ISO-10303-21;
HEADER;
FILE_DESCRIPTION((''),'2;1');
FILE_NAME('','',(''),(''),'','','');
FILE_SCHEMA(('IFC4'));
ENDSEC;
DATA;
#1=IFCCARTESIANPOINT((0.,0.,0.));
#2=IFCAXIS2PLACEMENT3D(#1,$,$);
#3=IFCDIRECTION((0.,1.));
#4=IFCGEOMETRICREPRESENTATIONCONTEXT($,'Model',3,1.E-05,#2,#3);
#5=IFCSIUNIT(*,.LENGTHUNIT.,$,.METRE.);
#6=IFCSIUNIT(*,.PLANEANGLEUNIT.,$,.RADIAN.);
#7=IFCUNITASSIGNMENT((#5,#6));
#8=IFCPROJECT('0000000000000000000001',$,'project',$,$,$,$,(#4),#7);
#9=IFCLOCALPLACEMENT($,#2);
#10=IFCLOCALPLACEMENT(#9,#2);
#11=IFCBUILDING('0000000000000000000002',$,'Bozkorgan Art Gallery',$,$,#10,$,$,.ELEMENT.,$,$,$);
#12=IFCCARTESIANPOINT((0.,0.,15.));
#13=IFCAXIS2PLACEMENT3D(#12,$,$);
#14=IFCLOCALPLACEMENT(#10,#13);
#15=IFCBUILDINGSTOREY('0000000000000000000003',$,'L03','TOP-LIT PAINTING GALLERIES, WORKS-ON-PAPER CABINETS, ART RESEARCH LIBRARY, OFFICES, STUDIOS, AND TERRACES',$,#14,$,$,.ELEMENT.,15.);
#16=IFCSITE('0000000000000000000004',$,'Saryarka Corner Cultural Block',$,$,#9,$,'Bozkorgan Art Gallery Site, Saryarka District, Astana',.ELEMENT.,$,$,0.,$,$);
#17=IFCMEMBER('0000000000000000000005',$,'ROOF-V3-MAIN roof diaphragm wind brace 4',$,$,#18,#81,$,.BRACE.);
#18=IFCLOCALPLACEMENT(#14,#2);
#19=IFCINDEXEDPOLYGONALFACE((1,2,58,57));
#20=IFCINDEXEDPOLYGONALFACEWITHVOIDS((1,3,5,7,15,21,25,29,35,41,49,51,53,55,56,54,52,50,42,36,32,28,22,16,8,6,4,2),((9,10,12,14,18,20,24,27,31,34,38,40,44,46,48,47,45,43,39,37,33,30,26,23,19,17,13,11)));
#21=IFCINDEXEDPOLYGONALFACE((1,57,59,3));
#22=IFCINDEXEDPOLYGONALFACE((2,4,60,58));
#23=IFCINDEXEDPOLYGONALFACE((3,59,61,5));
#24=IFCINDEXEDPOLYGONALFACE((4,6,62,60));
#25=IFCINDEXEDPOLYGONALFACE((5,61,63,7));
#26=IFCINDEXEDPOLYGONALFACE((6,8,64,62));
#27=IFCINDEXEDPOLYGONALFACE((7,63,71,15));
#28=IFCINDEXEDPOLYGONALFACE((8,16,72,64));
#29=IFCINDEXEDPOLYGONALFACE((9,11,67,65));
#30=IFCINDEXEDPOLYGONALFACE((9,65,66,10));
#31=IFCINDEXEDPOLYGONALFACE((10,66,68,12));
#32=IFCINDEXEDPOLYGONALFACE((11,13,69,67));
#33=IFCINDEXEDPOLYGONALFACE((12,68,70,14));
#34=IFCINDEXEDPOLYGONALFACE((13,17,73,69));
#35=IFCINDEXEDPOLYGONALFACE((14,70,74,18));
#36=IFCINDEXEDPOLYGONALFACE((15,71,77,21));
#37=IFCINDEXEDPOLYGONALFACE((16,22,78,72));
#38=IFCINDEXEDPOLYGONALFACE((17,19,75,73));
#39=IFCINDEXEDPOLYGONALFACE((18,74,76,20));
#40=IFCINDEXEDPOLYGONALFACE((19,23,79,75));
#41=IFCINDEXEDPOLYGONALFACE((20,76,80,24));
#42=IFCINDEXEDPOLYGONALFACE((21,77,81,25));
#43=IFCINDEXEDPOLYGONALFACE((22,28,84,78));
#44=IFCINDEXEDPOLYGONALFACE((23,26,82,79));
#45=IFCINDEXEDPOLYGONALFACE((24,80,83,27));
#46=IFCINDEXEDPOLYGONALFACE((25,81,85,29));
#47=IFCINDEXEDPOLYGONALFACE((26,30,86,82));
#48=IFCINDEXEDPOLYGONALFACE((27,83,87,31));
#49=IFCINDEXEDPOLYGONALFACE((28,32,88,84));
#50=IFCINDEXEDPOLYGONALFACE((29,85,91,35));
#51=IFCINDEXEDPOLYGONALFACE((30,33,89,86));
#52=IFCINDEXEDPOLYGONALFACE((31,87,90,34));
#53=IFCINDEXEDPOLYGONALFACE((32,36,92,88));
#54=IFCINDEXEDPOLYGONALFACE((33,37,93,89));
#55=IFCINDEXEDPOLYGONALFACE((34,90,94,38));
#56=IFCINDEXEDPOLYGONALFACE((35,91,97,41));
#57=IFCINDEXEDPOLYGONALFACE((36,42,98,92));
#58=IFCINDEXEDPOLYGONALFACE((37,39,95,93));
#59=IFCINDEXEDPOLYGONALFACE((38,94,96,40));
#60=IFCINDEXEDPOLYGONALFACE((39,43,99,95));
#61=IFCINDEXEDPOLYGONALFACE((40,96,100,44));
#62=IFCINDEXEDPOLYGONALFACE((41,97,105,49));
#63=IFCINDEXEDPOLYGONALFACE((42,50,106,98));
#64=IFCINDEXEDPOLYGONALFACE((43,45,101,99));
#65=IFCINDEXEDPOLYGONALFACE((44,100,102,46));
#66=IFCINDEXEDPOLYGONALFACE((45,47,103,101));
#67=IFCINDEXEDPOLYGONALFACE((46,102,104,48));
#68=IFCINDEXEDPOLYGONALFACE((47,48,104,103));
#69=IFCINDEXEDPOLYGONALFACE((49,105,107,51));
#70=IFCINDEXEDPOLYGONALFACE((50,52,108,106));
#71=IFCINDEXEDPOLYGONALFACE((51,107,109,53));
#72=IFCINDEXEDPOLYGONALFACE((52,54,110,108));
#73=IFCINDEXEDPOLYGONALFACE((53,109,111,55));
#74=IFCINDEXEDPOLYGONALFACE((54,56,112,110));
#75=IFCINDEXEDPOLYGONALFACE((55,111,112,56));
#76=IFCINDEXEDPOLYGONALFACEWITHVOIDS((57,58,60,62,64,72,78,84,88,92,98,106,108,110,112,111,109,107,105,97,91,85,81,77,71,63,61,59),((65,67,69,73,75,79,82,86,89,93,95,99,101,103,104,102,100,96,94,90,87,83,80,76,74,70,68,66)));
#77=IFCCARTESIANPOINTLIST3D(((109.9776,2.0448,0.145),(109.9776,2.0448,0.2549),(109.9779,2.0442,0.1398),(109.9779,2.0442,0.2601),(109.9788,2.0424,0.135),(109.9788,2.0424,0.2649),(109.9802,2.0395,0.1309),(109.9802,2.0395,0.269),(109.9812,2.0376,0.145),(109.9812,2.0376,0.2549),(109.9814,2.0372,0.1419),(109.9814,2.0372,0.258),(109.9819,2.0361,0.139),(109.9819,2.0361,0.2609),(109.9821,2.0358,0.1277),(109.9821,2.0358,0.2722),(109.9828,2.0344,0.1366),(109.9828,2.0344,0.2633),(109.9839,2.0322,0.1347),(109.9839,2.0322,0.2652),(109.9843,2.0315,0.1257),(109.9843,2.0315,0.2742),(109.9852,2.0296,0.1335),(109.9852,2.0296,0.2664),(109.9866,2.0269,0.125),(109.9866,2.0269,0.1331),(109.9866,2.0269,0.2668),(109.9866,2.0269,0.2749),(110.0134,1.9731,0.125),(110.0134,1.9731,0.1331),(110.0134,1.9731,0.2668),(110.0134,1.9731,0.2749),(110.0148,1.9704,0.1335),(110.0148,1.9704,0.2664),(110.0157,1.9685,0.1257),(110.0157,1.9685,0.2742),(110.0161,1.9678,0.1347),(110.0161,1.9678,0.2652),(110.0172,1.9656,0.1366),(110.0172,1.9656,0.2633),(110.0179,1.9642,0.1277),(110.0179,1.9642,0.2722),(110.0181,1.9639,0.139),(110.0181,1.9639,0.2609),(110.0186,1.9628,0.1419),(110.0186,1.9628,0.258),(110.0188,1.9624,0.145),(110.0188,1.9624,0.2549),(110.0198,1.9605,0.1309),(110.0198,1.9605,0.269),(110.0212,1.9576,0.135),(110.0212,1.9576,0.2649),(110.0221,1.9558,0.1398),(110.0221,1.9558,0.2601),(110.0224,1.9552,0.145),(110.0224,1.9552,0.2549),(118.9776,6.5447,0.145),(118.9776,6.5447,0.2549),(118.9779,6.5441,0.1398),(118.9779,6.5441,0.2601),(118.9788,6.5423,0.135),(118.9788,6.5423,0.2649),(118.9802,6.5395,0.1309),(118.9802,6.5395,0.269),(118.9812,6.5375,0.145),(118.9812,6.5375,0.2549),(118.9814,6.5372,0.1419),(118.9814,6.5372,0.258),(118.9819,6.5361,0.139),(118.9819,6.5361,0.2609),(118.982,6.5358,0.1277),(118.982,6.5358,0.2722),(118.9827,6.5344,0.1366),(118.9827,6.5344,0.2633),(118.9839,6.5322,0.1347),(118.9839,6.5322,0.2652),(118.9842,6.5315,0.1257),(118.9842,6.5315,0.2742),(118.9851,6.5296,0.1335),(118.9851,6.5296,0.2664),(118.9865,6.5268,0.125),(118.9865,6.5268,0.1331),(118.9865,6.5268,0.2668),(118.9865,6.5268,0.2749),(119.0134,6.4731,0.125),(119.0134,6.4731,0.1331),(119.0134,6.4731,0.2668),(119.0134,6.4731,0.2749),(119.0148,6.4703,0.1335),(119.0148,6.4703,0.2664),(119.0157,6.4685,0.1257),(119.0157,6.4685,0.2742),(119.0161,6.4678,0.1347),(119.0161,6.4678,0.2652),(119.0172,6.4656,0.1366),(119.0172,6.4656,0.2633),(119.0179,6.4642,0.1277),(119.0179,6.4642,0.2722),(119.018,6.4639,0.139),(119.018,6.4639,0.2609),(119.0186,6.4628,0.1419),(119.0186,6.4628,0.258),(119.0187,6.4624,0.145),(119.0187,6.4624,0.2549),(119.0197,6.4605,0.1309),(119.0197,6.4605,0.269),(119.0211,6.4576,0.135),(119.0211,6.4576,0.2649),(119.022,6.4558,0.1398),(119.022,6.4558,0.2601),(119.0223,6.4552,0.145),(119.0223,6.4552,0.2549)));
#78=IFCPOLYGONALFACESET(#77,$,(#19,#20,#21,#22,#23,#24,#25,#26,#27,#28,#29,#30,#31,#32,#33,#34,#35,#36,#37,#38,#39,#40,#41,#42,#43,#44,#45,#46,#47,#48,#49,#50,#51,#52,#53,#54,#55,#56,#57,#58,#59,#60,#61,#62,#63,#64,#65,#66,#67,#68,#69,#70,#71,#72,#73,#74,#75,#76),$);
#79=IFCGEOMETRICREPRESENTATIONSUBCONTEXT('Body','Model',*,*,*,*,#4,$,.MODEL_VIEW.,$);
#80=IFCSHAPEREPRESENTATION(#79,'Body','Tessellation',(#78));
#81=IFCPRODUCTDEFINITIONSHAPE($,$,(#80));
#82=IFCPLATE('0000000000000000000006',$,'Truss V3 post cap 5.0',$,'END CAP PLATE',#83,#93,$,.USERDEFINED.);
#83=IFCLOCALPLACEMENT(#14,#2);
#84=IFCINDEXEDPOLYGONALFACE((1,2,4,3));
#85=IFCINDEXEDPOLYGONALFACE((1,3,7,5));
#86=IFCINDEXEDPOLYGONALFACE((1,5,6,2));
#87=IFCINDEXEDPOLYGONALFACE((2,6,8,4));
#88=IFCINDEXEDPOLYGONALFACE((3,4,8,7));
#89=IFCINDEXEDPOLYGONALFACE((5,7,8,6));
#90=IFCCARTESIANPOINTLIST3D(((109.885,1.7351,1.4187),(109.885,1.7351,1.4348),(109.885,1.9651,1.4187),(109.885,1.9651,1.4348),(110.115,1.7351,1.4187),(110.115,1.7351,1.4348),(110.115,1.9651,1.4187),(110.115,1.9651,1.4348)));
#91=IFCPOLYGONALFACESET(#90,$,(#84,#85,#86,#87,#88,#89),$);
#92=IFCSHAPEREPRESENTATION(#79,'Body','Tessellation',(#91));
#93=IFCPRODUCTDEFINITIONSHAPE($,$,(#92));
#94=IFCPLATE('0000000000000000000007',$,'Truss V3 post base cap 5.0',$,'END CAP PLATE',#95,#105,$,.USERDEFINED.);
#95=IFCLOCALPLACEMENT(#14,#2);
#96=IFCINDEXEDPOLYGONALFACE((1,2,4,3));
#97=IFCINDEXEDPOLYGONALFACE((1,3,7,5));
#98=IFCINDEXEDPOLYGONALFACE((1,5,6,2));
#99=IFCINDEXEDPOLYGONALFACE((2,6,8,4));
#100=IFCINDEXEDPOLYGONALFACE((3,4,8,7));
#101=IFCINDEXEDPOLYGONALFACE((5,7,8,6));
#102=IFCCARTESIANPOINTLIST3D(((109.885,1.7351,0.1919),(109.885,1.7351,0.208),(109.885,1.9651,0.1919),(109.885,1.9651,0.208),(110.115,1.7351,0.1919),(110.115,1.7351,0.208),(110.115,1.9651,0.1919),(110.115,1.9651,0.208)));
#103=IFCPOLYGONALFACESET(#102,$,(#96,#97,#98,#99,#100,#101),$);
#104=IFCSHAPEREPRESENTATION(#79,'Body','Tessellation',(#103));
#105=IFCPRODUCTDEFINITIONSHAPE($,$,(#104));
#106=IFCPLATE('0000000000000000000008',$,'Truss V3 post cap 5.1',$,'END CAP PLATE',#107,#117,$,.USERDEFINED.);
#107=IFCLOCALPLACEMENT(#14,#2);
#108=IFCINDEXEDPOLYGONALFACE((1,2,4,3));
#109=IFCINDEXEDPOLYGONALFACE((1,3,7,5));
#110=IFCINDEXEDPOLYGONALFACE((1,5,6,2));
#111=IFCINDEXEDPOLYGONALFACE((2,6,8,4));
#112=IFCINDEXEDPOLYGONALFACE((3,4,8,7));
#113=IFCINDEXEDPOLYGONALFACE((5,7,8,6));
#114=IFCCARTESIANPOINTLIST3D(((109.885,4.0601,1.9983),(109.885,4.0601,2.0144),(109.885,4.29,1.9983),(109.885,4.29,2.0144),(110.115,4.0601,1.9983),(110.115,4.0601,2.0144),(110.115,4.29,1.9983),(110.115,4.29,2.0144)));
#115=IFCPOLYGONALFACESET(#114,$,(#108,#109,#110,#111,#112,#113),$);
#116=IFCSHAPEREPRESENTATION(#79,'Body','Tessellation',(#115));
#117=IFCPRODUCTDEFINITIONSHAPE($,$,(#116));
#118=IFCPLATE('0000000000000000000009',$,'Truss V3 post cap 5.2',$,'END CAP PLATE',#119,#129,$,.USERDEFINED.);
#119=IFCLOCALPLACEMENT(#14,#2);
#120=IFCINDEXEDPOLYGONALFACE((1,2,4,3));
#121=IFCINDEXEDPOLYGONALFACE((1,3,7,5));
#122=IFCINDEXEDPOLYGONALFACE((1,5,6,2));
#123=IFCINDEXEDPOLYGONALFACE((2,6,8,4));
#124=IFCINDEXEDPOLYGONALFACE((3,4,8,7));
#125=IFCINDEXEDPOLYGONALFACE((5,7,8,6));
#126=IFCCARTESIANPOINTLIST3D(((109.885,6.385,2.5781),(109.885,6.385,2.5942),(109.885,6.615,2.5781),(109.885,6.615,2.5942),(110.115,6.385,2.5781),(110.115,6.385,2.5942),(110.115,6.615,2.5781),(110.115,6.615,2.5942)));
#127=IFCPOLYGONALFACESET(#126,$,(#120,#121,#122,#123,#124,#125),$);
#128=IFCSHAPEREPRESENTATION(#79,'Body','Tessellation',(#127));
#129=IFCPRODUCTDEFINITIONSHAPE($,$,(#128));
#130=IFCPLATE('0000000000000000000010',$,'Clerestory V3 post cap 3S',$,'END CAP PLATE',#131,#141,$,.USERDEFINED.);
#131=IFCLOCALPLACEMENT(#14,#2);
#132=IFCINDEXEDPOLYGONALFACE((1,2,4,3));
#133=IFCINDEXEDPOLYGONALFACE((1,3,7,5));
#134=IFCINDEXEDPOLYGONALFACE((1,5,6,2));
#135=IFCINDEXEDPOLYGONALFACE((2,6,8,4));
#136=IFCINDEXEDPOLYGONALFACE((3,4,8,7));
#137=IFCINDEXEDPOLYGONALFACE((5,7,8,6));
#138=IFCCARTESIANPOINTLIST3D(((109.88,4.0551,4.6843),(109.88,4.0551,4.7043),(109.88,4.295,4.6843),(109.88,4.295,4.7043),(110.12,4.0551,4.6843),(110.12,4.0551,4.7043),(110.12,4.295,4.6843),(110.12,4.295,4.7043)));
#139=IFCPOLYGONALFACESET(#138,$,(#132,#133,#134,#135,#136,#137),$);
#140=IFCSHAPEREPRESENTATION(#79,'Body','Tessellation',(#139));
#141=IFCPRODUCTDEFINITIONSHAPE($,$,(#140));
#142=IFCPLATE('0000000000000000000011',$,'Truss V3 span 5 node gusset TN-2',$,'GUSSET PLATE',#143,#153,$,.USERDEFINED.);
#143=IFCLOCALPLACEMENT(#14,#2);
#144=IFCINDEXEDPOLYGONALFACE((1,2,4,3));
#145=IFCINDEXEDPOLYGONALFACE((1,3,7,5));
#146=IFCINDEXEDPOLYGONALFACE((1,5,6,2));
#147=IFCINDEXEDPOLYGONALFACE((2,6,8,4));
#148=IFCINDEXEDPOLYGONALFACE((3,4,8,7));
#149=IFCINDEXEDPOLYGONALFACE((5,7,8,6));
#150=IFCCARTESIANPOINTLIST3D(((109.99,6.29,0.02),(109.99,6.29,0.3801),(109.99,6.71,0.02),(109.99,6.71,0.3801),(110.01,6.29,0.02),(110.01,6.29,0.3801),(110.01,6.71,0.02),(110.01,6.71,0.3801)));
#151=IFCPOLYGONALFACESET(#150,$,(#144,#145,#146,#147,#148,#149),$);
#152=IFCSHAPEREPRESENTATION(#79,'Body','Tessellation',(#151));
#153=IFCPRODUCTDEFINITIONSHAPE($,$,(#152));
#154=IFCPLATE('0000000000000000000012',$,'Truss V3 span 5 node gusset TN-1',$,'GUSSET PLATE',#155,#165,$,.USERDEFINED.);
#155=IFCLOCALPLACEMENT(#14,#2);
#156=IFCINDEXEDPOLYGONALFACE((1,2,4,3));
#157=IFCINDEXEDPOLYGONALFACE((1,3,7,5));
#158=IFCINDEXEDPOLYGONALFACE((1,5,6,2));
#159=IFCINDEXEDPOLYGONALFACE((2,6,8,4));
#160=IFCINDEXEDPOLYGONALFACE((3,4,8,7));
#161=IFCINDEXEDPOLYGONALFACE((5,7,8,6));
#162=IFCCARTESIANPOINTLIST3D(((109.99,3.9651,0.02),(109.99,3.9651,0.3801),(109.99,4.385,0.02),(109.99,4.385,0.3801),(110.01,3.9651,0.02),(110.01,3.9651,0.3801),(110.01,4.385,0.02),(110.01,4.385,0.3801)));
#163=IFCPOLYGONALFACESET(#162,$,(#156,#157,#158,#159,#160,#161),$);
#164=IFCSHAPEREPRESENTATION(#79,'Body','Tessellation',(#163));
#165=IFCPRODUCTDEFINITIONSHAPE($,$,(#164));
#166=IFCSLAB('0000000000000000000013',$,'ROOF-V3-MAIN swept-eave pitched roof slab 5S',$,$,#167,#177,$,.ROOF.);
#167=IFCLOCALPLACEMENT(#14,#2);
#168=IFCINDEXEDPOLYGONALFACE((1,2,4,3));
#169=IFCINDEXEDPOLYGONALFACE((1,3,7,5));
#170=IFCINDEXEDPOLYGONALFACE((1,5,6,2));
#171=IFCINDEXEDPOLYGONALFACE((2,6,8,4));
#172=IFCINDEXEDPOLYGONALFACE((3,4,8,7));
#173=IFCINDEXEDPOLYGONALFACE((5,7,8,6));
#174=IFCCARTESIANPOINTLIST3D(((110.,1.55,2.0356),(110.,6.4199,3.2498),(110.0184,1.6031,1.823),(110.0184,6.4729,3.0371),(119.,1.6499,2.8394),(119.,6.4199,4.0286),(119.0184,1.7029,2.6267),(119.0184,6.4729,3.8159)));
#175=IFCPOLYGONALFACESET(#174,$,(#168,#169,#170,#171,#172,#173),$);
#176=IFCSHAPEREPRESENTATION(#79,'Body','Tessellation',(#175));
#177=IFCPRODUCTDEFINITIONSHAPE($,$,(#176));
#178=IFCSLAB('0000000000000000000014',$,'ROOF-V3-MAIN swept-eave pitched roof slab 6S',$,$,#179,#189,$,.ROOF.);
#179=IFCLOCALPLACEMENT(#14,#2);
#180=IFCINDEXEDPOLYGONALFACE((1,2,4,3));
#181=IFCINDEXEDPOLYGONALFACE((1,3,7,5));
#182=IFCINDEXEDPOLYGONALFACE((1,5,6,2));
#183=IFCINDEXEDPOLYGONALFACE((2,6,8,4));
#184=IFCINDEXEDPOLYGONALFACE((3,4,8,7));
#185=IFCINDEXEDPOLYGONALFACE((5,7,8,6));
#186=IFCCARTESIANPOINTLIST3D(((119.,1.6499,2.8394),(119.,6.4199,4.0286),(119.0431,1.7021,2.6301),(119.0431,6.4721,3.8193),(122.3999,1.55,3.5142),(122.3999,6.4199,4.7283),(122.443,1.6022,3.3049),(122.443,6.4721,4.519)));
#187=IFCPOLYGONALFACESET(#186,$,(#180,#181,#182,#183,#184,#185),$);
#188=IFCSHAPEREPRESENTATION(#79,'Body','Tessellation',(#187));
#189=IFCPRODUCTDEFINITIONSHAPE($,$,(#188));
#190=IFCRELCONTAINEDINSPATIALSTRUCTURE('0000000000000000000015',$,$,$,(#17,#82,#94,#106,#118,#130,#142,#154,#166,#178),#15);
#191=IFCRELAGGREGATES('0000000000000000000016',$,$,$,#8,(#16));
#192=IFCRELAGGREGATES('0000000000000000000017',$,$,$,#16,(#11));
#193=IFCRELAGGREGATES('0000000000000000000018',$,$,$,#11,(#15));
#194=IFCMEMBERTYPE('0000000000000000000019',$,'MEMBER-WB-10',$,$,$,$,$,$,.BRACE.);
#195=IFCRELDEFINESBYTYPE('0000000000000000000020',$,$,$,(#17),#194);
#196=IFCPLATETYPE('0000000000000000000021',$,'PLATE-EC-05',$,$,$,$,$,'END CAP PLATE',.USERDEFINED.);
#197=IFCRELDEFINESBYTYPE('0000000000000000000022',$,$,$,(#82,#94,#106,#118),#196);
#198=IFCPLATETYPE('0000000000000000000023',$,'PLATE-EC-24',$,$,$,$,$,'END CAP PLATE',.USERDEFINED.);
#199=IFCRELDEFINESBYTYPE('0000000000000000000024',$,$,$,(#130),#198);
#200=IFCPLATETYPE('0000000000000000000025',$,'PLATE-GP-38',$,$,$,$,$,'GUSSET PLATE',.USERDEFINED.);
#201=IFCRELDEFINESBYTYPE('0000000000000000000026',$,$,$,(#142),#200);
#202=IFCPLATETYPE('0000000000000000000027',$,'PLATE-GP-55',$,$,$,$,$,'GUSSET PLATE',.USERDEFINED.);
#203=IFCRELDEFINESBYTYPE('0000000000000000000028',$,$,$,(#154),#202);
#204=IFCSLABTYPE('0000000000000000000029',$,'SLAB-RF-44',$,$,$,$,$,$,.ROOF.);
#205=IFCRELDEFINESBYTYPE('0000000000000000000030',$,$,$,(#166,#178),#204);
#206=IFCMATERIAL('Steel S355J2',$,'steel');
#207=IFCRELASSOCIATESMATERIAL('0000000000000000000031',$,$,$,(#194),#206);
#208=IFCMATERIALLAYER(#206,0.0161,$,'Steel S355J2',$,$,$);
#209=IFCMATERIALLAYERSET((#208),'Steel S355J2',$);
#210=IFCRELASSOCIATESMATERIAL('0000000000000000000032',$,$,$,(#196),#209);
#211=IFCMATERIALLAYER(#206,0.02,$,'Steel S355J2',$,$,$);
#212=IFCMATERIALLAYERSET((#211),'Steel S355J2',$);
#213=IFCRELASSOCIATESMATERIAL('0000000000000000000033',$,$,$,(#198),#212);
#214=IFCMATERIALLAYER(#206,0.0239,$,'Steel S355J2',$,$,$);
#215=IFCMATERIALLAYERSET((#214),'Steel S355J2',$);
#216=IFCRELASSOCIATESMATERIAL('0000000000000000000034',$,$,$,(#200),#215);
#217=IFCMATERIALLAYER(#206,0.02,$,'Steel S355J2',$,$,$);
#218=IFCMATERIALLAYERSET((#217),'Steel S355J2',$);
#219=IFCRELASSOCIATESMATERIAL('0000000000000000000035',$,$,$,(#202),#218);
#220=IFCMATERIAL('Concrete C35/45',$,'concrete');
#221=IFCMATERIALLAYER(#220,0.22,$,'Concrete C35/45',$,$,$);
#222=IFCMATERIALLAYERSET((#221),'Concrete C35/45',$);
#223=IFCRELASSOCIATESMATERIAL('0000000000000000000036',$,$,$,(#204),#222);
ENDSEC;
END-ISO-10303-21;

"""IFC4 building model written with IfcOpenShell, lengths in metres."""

from ifc_helpers import new_model, si_unit, direction, frame, origin, origin_2d, place, context, subcontext, project, spatial, polyline, rectangle, hollow_rectangle, outline, extrude, material, layer, layer_set, material_profile, profile_set, type_object, element, save


model = new_model("IFC4")

# Units and contexts
model_context = context("Model", 3, precision=1e-05, world=origin(), true_north=direction((0.0, 1.0)))
body_context = subcontext(model_context, "Body", "Model", "MODEL_VIEW")
ifc_project = project(units=[si_unit("LENGTHUNIT", "METRE"), si_unit("PLANEANGLEUNIT", "RADIAN")], contexts=[model_context])

# Site, building, storey
site_placement = place(None, origin())
site = spatial("IfcSite", under=ifc_project, at=site_placement, Name="Saryarka Corner Cultural Block", LongName="Bozkorgan Art Gallery Site, Saryarka District, Astana", CompositionType="ELEMENT", RefElevation=0.0)
building_placement = place(site_placement, origin())
building = spatial("IfcBuilding", under=site, at=building_placement, Name="Bozkorgan Art Gallery", CompositionType="ELEMENT")
storey_placement = place(building_placement, frame((0.0, 0.0, 15.0)))
storey = spatial("IfcBuildingStorey", under=building, at=storey_placement, Name="L03", Description="TOP-LIT PAINTING GALLERIES, WORKS-ON-PAPER CABINETS, ART RESEARCH LIBRARY, OFFICES, STUDIOS, AND TERRACES", CompositionType="ELEMENT", Elevation=15.0)

# Shared definitions
ifc_material_1 = material(Name="Steel S355J2", Category="steel")

# Member
ifc_material_profile_1 = material_profile(ifc_material_1, hollow_rectangle(XDim=0.1001, YDim=0.1499, WallThickness=0.0081, InnerFilletRadius=0.012, OuterFilletRadius=0.02, at=origin_2d()), Name="RHS 150x100x8")
ifc_profile_set_1 = profile_set([ifc_material_profile_1], Name="Steel S355J2")
member_type_1 = type_object("IfcMemberType", Name="MEMBER-WB-10", PredefinedType="BRACE", material=ifc_profile_set_1)
member_1_placement = place(storey_placement, frame((110.0, 2.0, 0.2), z_axis=(0.894427, 0.447214, 0.0), x_axis=(-0.447214, 0.894427, 0.0)))
element("IfcMember", 1, at=member_1_placement, inside=storey, type_object=member_type_1, Name="ROOF-V3-MAIN roof diaphragm wind brace 4", PredefinedType="BRACE", context=body_context, shape_type="SweptSolid", body=[
    extrude(hollow_rectangle(XDim=0.1001, YDim=0.1499, WallThickness=0.0081, InnerFilletRadius=0.012, OuterFilletRadius=0.02, at=origin_2d()), origin(), (0.0, 0.0, 1.0), 10.0623),
])

# Plates
ifc_layer_1 = layer(ifc_material_1, 0.0161, Name="Steel S355J2")
ifc_layer_set_1 = layer_set([ifc_layer_1], Name="Steel S355J2")
plate_type_1 = type_object("IfcPlateType", Name="PLATE-EC-05", ElementType="END CAP PLATE", PredefinedType="USERDEFINED", material=ifc_layer_set_1)
for number, where, z_axis, x_axis, name in (
    (2, (110.0, 1.8501, 1.4187), (0.0, 0.0, 1.0), (1.0, 0.0, 0.0), "Truss V3 post cap 5.0"),
    (3, (110.0, 1.8501, 0.1919), (0.0, 0.0, 1.0), (1.0, 0.0, 0.0), "Truss V3 post base cap 5.0"),
    (4, (110.0, 4.175, 1.9983), (0.0, 0.0, 1.0), (1.0, 0.0, 0.0), "Truss V3 post cap 5.1"),
    (5, (110.0, 6.5, 2.5781), (0.0, 0.0, 1.0), (1.0, 0.0, 0.0), "Truss V3 post cap 5.2"),
):
    element("IfcPlate", number, at=place(storey_placement, frame(where, z_axis=z_axis, x_axis=x_axis)), inside=storey, type_object=plate_type_1, Name=name, ObjectType="END CAP PLATE", PredefinedType="USERDEFINED", context=body_context, shape_type="SweptSolid", body=[
        extrude(rectangle(XDim=0.23, YDim=0.23, at=origin_2d()), origin(), (0.0, 0.0, 1.0), 0.0161),
    ])
ifc_layer_2 = layer(ifc_material_1, 0.02, Name="Steel S355J2")
ifc_layer_set_2 = layer_set([ifc_layer_2], Name="Steel S355J2")
plate_type_2 = type_object("IfcPlateType", Name="PLATE-EC-24", ElementType="END CAP PLATE", PredefinedType="USERDEFINED", material=ifc_layer_set_2)
plate_1_placement = place(storey_placement, frame((110.0, 4.175, 4.6843), z_axis=(0.0, 0.0, 1.0), x_axis=(1.0, 0.0, 0.0)))
element("IfcPlate", 6, at=plate_1_placement, inside=storey, type_object=plate_type_2, Name="Clerestory V3 post cap 3S", ObjectType="END CAP PLATE", PredefinedType="USERDEFINED", context=body_context, shape_type="SweptSolid", body=[
    extrude(rectangle(XDim=0.24, YDim=0.24, at=origin_2d()), origin(), (0.0, 0.0, 1.0), 0.02),
])
ifc_layer_3 = layer(ifc_material_1, 0.0239, Name="Steel S355J2")
ifc_layer_set_3 = layer_set([ifc_layer_3], Name="Steel S355J2")
plate_type_3 = type_object("IfcPlateType", Name="PLATE-GP-38", ElementType="GUSSET PLATE", PredefinedType="USERDEFINED", material=ifc_layer_set_3)
plate_2_placement = place(storey_placement, frame((110.0, 6.5, 0.02), z_axis=(0.0, 0.0, 1.0), x_axis=(1.0, 0.0, 0.0)))
element("IfcPlate", 7, at=plate_2_placement, inside=storey, type_object=plate_type_3, Name="Truss V3 span 5 node gusset TN-2", ObjectType="GUSSET PLATE", PredefinedType="USERDEFINED", context=body_context, shape_type="SweptSolid", body=[
    extrude(rectangle(XDim=0.02, YDim=0.4199, at=origin_2d()), origin(), (0.0, 0.0, 1.0), 0.3601),
])
ifc_layer_4 = layer(ifc_material_1, 0.02, Name="Steel S355J2")
ifc_layer_set_4 = layer_set([ifc_layer_4], Name="Steel S355J2")
plate_type_4 = type_object("IfcPlateType", Name="PLATE-GP-55", ElementType="GUSSET PLATE", PredefinedType="USERDEFINED", material=ifc_layer_set_4)
plate_3_placement = place(storey_placement, frame((110.0, 4.175, 0.02), z_axis=(0.0, 0.0, 1.0), x_axis=(1.0, 0.0, 0.0)))
element("IfcPlate", 8, at=plate_3_placement, inside=storey, type_object=plate_type_4, Name="Truss V3 span 5 node gusset TN-1", ObjectType="GUSSET PLATE", PredefinedType="USERDEFINED", context=body_context, shape_type="SweptSolid", body=[
    extrude(rectangle(XDim=0.02, YDim=0.4199, at=origin_2d()), origin(), (0.0, 0.0, 1.0), 0.3601),
])

# Slabs
ifc_material_2 = material(Name="Concrete C35/45", Category="concrete")
ifc_layer_5 = layer(ifc_material_2, 0.22, Name="Concrete C35/45")
ifc_layer_set_5 = layer_set([ifc_layer_5], Name="Concrete C35/45")
slab_type = type_object("IfcSlabType", Name="SLAB-RF-44", PredefinedType="ROOF", material=ifc_layer_set_5)
slab_1_placement = place(storey_placement, frame((110.0, 1.55, 2.0356), z_axis=(-0.08367, -0.241057, 0.966898), x_axis=(0.995976, 0.01105, 0.088941)))
element("IfcSlab", 9, at=slab_1_placement, inside=storey, type_object=slab_type, Name="ROOF-V3-MAIN swept-eave pitched roof slab 5S", PredefinedType="ROOF", context=body_context, shape_type="SweptSolid", body=[
    extrude(outline(polyline([(0.0, 0.0), (9.0364, 0.0), (9.1948, 4.9135), (0.1618, 5.0163), (0.0, 0.0)])), origin(), (0.0, 0.0, -1.0), 0.22),
])
slab_2_placement = place(storey_placement, frame((119.0, 1.6499, 2.8394), z_axis=(-0.195823, -0.237222, 0.951514), x_axis=(0.98046, -0.028796, 0.1946)))
element("IfcSlab", 10, at=slab_2_placement, inside=storey, type_object=slab_type, Name="ROOF-V3-MAIN swept-eave pitched roof slab 6S", PredefinedType="ROOF", context=body_context, shape_type="SweptSolid", body=[
    extrude(outline(polyline([(0.0, 0.0), (3.4677, 0.0), (3.5637, 5.018), (0.0941, 4.9151), (0.0, 0.0)])), origin(), (0.0, 0.0, -1.0), 0.22),
])

save(model, "model.ifc")
